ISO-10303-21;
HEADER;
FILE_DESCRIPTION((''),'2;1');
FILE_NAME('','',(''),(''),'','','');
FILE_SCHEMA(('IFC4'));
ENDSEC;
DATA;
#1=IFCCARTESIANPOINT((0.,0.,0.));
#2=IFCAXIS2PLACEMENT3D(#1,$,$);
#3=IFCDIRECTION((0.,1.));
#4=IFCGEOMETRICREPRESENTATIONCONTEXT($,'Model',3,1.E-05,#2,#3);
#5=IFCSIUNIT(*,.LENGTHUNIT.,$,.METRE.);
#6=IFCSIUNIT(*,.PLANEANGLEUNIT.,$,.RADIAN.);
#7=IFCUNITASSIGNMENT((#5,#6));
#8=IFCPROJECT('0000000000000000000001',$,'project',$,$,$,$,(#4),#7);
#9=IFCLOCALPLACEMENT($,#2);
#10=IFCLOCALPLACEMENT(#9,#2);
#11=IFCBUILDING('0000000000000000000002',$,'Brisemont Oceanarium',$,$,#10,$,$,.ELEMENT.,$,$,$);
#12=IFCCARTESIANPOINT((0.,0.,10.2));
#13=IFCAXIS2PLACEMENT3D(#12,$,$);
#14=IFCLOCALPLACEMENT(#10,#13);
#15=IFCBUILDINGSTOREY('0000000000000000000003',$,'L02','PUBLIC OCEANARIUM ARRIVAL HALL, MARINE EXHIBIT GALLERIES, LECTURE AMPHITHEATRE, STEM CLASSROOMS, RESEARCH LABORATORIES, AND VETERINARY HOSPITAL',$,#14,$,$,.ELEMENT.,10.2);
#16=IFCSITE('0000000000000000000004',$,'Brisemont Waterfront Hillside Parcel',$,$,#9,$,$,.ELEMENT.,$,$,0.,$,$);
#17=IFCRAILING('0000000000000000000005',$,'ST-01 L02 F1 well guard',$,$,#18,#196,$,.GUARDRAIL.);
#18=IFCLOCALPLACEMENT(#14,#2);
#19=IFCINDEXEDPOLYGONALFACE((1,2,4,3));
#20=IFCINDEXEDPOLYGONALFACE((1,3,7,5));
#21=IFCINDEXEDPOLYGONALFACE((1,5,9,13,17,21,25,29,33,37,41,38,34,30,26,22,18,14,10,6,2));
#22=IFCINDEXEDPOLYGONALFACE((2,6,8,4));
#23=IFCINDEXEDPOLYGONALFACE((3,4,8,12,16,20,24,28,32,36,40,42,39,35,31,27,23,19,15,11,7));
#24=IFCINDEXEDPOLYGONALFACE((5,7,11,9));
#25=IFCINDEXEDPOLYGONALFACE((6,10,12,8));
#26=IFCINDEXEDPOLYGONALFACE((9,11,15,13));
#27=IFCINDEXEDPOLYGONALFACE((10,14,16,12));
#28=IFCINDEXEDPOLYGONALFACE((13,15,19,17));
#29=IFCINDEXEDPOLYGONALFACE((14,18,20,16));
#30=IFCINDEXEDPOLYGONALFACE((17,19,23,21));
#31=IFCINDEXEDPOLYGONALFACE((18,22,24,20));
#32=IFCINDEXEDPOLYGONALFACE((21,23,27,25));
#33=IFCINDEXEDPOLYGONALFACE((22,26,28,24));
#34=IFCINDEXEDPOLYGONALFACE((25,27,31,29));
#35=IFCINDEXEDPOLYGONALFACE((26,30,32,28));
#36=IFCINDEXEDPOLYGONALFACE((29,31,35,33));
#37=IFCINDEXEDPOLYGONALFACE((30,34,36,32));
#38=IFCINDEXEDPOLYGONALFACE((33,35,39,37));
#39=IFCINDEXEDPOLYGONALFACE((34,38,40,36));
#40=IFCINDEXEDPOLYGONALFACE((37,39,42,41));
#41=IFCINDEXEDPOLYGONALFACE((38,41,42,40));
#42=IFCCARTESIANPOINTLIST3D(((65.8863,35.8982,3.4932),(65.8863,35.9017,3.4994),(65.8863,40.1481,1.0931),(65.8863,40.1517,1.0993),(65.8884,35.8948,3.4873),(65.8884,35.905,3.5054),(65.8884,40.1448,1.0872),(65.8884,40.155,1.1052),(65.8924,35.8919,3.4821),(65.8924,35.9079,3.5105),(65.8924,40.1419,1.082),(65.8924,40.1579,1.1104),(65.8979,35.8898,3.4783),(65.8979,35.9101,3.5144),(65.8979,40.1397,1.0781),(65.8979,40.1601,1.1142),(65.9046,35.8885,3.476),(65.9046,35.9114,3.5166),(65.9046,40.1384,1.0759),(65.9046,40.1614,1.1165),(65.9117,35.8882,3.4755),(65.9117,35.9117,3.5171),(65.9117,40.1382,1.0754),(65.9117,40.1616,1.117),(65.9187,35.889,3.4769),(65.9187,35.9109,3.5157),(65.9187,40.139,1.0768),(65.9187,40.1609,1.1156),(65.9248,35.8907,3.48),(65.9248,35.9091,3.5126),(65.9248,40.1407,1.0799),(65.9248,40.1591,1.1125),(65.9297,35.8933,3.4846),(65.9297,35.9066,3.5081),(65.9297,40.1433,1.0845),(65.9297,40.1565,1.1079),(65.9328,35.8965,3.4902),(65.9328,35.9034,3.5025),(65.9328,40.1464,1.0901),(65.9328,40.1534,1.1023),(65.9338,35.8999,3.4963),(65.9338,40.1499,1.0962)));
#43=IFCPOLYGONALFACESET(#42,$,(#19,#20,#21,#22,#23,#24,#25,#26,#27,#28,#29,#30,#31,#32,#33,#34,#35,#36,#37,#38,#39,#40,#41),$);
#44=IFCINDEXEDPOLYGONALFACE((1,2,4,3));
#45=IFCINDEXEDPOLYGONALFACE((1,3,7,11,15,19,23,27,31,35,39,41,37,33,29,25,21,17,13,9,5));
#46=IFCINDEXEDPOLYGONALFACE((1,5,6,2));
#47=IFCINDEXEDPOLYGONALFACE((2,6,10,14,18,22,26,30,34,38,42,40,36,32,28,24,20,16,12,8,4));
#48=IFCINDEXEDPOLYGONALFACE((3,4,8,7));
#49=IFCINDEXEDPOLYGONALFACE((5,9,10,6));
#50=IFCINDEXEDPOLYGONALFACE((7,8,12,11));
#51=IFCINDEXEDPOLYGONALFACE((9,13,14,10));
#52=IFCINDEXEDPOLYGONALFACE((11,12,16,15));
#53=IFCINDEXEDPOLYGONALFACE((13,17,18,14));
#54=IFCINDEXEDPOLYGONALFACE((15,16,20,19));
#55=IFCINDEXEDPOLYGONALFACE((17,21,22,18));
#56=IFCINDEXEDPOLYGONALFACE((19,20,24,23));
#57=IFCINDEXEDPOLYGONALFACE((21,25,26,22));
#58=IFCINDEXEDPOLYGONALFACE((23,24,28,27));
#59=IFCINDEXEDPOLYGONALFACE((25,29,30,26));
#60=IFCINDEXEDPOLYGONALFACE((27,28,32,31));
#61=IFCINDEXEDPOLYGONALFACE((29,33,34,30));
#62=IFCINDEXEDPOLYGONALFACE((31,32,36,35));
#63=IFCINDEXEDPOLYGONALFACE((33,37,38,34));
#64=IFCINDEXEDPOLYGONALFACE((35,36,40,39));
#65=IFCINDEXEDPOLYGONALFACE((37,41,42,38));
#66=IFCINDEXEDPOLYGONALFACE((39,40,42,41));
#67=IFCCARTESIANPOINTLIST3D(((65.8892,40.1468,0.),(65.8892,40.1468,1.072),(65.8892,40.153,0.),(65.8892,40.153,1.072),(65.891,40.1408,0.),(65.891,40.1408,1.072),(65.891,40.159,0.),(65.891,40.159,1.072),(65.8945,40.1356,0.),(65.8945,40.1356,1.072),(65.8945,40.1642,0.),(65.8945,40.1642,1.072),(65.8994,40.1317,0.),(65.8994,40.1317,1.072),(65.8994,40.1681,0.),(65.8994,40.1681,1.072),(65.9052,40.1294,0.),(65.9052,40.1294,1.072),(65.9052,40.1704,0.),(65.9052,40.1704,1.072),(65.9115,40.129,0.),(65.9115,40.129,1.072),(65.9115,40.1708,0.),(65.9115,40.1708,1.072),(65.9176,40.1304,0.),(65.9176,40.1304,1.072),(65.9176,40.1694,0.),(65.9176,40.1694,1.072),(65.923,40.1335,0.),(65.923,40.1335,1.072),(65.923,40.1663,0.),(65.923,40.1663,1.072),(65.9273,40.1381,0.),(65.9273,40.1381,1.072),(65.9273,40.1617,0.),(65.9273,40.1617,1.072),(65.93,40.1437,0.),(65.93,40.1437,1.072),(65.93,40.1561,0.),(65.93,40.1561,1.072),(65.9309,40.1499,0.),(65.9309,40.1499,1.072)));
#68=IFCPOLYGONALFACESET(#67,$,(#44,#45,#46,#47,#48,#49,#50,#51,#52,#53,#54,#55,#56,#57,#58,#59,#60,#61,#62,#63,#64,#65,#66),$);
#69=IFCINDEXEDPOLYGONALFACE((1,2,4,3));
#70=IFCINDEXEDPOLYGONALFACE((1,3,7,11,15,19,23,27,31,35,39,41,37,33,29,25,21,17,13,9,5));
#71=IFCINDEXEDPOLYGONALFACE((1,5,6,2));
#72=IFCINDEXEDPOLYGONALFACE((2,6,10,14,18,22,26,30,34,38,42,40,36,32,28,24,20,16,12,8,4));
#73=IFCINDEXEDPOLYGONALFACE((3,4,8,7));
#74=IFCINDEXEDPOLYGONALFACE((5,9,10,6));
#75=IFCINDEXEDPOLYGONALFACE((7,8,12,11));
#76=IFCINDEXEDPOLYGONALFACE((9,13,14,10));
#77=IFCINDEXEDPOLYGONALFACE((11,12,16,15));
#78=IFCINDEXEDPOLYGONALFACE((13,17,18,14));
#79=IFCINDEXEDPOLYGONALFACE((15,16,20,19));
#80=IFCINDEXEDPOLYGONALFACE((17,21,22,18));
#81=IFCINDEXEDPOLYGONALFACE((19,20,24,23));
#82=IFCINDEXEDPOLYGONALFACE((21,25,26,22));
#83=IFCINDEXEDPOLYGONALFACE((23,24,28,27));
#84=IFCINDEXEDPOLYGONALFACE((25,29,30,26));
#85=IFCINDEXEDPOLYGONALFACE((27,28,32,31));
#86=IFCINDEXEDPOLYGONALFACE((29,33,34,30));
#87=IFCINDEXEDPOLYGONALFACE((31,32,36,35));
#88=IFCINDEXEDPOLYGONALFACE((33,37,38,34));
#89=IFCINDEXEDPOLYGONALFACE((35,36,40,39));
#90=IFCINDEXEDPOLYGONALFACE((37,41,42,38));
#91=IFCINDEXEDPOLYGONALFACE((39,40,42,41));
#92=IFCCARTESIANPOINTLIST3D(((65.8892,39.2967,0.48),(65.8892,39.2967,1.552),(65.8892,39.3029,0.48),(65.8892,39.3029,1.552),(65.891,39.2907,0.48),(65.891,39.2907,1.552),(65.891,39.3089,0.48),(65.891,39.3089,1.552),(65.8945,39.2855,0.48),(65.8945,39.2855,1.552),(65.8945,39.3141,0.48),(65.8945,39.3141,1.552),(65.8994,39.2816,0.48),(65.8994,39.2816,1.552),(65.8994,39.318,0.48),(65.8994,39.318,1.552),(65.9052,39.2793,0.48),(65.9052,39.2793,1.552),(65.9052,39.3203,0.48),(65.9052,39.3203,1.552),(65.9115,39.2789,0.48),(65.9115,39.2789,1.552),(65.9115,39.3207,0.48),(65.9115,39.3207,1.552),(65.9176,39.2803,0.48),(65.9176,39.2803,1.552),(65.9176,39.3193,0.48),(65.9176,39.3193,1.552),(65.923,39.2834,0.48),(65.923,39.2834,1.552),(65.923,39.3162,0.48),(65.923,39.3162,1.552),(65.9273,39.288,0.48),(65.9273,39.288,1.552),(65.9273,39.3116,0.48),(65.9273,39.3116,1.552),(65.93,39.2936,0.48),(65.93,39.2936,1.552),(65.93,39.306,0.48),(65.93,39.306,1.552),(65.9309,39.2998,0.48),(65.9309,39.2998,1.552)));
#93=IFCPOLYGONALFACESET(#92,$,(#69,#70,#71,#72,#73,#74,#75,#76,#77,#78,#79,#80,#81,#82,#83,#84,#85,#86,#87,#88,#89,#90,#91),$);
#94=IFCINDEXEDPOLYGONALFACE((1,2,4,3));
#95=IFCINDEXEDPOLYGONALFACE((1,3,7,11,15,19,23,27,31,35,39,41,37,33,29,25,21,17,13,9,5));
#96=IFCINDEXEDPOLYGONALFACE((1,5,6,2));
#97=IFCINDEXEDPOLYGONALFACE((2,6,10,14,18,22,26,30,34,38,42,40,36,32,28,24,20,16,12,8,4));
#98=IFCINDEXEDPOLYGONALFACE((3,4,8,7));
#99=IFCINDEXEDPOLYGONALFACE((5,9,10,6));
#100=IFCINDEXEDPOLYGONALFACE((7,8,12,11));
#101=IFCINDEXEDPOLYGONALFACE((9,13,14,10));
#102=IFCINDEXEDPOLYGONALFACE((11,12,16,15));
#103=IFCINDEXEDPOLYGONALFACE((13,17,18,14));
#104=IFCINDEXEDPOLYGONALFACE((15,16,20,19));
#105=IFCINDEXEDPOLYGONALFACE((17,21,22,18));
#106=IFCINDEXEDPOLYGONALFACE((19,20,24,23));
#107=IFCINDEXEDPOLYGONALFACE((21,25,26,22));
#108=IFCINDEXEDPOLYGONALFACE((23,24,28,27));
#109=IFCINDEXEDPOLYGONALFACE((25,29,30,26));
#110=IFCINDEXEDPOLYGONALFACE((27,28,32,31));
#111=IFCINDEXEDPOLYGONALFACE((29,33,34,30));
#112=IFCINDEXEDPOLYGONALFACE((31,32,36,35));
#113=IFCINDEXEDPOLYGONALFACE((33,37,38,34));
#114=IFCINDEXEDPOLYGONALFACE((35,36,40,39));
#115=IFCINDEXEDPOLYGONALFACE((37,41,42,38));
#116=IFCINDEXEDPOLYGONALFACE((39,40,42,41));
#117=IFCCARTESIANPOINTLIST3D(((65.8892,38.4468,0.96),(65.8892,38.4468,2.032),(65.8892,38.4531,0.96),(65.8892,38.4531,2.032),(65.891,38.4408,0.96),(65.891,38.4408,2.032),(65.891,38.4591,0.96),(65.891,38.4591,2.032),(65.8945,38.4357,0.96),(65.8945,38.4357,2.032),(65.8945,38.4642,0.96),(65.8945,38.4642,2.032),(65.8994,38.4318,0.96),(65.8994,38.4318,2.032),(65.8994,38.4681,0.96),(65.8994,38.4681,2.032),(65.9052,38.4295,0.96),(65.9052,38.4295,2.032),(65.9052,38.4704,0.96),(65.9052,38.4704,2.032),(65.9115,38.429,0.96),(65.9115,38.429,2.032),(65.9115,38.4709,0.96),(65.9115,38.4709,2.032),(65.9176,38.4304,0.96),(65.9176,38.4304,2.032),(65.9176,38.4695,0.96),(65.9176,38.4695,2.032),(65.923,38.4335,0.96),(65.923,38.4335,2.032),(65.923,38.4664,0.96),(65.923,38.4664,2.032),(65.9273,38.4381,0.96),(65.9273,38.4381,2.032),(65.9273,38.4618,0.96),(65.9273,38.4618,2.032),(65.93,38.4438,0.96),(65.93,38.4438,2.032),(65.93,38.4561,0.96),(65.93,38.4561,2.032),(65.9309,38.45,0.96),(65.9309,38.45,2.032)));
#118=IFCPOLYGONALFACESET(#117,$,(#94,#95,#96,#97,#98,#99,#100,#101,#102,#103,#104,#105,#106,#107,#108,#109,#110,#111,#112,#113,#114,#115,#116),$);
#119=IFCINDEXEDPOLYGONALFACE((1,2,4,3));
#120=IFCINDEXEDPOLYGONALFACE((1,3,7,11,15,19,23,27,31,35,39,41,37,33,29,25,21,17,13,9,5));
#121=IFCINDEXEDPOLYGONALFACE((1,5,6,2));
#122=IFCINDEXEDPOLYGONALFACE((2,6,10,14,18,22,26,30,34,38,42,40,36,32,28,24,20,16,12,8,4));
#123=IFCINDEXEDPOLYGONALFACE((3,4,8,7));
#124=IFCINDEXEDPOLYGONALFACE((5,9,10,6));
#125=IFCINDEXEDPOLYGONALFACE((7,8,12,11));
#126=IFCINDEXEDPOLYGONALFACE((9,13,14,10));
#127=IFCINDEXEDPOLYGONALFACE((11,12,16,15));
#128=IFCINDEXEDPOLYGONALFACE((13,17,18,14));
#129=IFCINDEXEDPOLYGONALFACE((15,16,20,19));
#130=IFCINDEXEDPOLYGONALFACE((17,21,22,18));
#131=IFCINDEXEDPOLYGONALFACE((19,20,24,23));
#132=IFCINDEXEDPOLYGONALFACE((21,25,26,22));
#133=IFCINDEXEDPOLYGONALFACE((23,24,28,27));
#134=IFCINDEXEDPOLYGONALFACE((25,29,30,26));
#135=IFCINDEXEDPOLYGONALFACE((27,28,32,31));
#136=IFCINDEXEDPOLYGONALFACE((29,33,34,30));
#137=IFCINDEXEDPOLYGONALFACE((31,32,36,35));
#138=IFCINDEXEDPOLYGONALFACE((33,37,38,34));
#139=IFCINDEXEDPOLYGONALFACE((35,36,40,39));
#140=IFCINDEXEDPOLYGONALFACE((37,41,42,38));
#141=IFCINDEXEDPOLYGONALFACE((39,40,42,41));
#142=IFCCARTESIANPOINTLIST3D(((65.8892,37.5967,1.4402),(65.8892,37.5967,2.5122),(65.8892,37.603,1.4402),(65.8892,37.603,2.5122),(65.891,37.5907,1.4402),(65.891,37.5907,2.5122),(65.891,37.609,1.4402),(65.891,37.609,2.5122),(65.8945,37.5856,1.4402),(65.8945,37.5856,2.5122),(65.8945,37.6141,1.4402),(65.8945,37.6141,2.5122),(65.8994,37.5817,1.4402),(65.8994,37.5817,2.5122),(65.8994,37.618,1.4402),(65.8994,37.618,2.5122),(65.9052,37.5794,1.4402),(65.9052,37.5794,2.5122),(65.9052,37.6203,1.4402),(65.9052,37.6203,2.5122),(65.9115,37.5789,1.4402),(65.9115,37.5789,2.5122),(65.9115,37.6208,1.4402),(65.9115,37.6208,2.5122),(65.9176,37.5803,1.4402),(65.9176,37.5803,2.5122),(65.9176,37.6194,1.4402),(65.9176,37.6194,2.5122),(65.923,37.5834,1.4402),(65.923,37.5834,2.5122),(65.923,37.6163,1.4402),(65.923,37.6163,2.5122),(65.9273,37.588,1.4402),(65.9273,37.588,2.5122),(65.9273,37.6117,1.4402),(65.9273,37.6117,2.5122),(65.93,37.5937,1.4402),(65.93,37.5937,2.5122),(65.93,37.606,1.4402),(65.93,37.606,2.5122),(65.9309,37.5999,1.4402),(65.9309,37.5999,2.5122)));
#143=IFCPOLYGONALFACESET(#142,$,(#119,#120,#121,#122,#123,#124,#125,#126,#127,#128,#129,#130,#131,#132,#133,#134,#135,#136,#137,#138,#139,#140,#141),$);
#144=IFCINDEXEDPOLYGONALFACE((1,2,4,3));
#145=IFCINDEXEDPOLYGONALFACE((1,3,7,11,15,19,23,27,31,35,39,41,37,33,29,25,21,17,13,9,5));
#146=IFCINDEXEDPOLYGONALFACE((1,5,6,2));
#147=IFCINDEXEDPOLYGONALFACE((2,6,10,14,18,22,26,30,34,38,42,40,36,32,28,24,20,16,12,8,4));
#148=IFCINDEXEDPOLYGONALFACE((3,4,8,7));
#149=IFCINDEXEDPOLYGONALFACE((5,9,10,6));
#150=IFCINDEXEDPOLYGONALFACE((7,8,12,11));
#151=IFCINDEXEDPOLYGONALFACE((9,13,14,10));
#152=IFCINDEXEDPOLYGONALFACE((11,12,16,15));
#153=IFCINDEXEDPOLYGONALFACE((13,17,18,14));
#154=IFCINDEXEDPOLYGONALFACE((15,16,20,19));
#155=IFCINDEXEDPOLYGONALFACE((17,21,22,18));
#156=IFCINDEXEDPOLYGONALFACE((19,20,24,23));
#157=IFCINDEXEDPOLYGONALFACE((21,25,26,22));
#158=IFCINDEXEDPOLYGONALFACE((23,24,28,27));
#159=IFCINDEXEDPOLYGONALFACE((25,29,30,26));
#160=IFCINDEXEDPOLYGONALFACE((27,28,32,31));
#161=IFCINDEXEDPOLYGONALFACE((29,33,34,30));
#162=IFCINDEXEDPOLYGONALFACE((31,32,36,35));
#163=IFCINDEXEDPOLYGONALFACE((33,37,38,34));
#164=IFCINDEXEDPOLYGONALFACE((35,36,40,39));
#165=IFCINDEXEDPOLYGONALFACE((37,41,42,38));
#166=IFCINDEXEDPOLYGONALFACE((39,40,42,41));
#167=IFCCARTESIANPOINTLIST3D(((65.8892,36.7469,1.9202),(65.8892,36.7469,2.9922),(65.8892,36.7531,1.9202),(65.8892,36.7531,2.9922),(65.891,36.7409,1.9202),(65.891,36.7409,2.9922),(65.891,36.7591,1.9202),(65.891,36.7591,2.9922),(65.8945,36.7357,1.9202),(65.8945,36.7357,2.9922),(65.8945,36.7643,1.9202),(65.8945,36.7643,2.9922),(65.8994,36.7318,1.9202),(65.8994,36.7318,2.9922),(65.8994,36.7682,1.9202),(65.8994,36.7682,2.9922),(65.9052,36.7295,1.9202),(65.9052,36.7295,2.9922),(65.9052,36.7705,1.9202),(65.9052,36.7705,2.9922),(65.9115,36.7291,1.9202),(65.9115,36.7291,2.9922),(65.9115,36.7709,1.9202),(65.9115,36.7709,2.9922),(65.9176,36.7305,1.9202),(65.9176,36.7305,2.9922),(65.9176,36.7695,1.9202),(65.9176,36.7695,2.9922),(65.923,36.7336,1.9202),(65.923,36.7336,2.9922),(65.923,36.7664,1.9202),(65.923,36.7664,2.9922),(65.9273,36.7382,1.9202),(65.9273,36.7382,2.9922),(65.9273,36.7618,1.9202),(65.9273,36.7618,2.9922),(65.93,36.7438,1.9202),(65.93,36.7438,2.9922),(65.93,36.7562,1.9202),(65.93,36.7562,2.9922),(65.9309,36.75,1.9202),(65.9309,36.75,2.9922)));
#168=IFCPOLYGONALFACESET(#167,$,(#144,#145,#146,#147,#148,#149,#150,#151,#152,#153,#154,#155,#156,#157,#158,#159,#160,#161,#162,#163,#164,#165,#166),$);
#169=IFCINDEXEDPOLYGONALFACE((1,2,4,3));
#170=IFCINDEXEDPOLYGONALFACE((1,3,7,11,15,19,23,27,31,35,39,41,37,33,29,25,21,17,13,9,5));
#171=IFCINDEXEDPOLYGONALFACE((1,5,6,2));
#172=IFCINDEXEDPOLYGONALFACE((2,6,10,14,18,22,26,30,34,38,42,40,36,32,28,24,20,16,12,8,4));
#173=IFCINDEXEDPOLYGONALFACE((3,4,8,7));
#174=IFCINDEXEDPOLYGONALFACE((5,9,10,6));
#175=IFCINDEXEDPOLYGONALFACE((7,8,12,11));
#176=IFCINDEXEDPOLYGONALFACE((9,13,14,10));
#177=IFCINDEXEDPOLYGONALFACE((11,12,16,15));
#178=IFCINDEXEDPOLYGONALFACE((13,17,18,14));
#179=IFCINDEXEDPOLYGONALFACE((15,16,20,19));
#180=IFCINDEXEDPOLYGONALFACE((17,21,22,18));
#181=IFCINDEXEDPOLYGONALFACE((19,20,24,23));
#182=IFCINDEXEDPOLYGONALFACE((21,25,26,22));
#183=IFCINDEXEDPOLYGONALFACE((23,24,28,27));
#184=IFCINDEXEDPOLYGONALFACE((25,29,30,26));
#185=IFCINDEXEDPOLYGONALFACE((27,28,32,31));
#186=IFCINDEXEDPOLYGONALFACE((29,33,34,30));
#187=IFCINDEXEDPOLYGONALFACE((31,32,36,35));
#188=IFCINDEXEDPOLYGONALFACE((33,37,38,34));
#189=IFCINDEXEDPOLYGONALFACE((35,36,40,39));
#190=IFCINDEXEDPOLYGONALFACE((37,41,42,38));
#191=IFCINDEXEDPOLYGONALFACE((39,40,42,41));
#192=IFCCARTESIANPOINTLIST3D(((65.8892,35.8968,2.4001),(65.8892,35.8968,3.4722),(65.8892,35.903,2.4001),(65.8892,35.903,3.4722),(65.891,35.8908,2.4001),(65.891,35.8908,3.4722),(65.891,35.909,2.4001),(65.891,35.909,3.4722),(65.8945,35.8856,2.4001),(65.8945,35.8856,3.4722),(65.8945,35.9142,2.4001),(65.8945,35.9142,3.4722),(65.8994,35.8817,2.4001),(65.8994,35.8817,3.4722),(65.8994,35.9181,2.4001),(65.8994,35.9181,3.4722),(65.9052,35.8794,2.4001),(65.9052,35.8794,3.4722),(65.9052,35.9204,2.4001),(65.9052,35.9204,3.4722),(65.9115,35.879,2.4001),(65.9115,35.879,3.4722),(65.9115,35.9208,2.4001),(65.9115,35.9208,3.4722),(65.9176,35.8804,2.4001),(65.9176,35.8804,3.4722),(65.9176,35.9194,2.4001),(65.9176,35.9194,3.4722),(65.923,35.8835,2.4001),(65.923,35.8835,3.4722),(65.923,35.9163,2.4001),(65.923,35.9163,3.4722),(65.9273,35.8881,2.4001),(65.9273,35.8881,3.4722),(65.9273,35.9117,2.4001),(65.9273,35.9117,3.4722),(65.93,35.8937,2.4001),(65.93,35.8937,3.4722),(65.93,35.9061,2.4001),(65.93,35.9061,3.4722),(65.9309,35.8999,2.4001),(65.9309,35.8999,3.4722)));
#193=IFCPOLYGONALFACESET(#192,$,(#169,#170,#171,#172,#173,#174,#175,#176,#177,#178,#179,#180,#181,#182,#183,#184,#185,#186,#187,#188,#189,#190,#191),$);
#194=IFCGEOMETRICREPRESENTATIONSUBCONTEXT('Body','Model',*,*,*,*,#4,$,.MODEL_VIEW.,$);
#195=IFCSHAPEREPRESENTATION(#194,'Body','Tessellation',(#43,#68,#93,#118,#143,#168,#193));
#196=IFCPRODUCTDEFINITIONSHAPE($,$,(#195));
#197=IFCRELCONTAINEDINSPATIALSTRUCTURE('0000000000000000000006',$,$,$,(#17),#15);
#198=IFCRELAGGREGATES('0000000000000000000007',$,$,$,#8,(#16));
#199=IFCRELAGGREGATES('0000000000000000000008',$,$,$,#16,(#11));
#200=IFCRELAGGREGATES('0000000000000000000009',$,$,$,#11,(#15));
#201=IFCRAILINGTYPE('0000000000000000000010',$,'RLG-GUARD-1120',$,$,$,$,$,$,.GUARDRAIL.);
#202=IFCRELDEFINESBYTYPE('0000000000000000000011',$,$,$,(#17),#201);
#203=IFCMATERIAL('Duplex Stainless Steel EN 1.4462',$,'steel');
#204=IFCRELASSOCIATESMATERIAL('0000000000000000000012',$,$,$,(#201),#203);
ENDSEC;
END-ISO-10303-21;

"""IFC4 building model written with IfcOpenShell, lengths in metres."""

from ifc_helpers import new_model, si_unit, direction, frame, origin, origin_2d, place, context, subcontext, project, spatial, circle, extrude, material, type_object, element, save


model = new_model("IFC4")

# Units and contexts
model_context = context("Model", 3, precision=1e-05, world=origin(), true_north=direction((0.0, 1.0)))
body_context = subcontext(model_context, "Body", "Model", "MODEL_VIEW")
ifc_project = project(units=[si_unit("LENGTHUNIT", "METRE"), si_unit("PLANEANGLEUNIT", "RADIAN")], contexts=[model_context])

# Site, building, storey
site_placement = place(None, origin())
site = spatial("IfcSite", under=ifc_project, at=site_placement, Name="Brisemont Waterfront Hillside Parcel", CompositionType="ELEMENT", RefElevation=0.0)
building_placement = place(site_placement, origin())
building = spatial("IfcBuilding", under=site, at=building_placement, Name="Brisemont Oceanarium", CompositionType="ELEMENT")
storey_placement = place(building_placement, frame((0.0, 0.0, 10.2)))
storey = spatial("IfcBuildingStorey", under=building, at=storey_placement, Name="L02", Description="PUBLIC OCEANARIUM ARRIVAL HALL, MARINE EXHIBIT GALLERIES, LECTURE AMPHITHEATRE, STEM CLASSROOMS, RESEARCH LABORATORIES, AND VETERINARY HOSPITAL", CompositionType="ELEMENT", Elevation=10.2)

# Railing
ifc_material_1 = material(Name="Duplex Stainless Steel EN 1.4462", Category="steel")
railing_type_1 = type_object("IfcRailingType", Name="RLG-GUARD-1120", PredefinedType="GUARDRAIL", material=ifc_material_1)
railing_1_placement = place(storey_placement, frame((65.9099, 40.1499, 0.0)))
element("IfcRailing", 1, at=railing_1_placement, inside=storey, type_object=railing_type_1, Name="ST-01 L02 F1 well guard", PredefinedType="GUARDRAIL", context=body_context, shape_type="SweptSolid", body=[
    extrude(circle(Radius=0.0239, at=origin_2d()), frame((0.0, 0.0, 1.0962), z_axis=(0.0, -0.870741, 0.491742), x_axis=(1.0, 0.0, 0.0)), (0.0, 0.0, 1.0), 4.8809),
    extrude(circle(Radius=0.021, at=origin_2d()), origin(), (0.0, 0.0, 1.0), 1.072),
    extrude(circle(Radius=0.021, at=origin_2d()), frame((0.0, -0.8501, 0.48)), (0.0, 0.0, 1.0), 1.072),
    extrude(circle(Radius=0.021, at=origin_2d()), frame((0.0, -1.7, 0.96)), (0.0, 0.0, 1.0), 1.072),
    extrude(circle(Radius=0.021, at=origin_2d()), frame((0.0, -2.55, 1.4402)), (0.0, 0.0, 1.0), 1.072),
    extrude(circle(Radius=0.021, at=origin_2d()), frame((0.0, -3.3999, 1.9202)), (0.0, 0.0, 1.0), 1.072),
    extrude(circle(Radius=0.021, at=origin_2d()), frame((0.0, -4.25, 2.4001)), (0.0, 0.0, 1.0), 1.072),
])

save(model, "model.ifc")
